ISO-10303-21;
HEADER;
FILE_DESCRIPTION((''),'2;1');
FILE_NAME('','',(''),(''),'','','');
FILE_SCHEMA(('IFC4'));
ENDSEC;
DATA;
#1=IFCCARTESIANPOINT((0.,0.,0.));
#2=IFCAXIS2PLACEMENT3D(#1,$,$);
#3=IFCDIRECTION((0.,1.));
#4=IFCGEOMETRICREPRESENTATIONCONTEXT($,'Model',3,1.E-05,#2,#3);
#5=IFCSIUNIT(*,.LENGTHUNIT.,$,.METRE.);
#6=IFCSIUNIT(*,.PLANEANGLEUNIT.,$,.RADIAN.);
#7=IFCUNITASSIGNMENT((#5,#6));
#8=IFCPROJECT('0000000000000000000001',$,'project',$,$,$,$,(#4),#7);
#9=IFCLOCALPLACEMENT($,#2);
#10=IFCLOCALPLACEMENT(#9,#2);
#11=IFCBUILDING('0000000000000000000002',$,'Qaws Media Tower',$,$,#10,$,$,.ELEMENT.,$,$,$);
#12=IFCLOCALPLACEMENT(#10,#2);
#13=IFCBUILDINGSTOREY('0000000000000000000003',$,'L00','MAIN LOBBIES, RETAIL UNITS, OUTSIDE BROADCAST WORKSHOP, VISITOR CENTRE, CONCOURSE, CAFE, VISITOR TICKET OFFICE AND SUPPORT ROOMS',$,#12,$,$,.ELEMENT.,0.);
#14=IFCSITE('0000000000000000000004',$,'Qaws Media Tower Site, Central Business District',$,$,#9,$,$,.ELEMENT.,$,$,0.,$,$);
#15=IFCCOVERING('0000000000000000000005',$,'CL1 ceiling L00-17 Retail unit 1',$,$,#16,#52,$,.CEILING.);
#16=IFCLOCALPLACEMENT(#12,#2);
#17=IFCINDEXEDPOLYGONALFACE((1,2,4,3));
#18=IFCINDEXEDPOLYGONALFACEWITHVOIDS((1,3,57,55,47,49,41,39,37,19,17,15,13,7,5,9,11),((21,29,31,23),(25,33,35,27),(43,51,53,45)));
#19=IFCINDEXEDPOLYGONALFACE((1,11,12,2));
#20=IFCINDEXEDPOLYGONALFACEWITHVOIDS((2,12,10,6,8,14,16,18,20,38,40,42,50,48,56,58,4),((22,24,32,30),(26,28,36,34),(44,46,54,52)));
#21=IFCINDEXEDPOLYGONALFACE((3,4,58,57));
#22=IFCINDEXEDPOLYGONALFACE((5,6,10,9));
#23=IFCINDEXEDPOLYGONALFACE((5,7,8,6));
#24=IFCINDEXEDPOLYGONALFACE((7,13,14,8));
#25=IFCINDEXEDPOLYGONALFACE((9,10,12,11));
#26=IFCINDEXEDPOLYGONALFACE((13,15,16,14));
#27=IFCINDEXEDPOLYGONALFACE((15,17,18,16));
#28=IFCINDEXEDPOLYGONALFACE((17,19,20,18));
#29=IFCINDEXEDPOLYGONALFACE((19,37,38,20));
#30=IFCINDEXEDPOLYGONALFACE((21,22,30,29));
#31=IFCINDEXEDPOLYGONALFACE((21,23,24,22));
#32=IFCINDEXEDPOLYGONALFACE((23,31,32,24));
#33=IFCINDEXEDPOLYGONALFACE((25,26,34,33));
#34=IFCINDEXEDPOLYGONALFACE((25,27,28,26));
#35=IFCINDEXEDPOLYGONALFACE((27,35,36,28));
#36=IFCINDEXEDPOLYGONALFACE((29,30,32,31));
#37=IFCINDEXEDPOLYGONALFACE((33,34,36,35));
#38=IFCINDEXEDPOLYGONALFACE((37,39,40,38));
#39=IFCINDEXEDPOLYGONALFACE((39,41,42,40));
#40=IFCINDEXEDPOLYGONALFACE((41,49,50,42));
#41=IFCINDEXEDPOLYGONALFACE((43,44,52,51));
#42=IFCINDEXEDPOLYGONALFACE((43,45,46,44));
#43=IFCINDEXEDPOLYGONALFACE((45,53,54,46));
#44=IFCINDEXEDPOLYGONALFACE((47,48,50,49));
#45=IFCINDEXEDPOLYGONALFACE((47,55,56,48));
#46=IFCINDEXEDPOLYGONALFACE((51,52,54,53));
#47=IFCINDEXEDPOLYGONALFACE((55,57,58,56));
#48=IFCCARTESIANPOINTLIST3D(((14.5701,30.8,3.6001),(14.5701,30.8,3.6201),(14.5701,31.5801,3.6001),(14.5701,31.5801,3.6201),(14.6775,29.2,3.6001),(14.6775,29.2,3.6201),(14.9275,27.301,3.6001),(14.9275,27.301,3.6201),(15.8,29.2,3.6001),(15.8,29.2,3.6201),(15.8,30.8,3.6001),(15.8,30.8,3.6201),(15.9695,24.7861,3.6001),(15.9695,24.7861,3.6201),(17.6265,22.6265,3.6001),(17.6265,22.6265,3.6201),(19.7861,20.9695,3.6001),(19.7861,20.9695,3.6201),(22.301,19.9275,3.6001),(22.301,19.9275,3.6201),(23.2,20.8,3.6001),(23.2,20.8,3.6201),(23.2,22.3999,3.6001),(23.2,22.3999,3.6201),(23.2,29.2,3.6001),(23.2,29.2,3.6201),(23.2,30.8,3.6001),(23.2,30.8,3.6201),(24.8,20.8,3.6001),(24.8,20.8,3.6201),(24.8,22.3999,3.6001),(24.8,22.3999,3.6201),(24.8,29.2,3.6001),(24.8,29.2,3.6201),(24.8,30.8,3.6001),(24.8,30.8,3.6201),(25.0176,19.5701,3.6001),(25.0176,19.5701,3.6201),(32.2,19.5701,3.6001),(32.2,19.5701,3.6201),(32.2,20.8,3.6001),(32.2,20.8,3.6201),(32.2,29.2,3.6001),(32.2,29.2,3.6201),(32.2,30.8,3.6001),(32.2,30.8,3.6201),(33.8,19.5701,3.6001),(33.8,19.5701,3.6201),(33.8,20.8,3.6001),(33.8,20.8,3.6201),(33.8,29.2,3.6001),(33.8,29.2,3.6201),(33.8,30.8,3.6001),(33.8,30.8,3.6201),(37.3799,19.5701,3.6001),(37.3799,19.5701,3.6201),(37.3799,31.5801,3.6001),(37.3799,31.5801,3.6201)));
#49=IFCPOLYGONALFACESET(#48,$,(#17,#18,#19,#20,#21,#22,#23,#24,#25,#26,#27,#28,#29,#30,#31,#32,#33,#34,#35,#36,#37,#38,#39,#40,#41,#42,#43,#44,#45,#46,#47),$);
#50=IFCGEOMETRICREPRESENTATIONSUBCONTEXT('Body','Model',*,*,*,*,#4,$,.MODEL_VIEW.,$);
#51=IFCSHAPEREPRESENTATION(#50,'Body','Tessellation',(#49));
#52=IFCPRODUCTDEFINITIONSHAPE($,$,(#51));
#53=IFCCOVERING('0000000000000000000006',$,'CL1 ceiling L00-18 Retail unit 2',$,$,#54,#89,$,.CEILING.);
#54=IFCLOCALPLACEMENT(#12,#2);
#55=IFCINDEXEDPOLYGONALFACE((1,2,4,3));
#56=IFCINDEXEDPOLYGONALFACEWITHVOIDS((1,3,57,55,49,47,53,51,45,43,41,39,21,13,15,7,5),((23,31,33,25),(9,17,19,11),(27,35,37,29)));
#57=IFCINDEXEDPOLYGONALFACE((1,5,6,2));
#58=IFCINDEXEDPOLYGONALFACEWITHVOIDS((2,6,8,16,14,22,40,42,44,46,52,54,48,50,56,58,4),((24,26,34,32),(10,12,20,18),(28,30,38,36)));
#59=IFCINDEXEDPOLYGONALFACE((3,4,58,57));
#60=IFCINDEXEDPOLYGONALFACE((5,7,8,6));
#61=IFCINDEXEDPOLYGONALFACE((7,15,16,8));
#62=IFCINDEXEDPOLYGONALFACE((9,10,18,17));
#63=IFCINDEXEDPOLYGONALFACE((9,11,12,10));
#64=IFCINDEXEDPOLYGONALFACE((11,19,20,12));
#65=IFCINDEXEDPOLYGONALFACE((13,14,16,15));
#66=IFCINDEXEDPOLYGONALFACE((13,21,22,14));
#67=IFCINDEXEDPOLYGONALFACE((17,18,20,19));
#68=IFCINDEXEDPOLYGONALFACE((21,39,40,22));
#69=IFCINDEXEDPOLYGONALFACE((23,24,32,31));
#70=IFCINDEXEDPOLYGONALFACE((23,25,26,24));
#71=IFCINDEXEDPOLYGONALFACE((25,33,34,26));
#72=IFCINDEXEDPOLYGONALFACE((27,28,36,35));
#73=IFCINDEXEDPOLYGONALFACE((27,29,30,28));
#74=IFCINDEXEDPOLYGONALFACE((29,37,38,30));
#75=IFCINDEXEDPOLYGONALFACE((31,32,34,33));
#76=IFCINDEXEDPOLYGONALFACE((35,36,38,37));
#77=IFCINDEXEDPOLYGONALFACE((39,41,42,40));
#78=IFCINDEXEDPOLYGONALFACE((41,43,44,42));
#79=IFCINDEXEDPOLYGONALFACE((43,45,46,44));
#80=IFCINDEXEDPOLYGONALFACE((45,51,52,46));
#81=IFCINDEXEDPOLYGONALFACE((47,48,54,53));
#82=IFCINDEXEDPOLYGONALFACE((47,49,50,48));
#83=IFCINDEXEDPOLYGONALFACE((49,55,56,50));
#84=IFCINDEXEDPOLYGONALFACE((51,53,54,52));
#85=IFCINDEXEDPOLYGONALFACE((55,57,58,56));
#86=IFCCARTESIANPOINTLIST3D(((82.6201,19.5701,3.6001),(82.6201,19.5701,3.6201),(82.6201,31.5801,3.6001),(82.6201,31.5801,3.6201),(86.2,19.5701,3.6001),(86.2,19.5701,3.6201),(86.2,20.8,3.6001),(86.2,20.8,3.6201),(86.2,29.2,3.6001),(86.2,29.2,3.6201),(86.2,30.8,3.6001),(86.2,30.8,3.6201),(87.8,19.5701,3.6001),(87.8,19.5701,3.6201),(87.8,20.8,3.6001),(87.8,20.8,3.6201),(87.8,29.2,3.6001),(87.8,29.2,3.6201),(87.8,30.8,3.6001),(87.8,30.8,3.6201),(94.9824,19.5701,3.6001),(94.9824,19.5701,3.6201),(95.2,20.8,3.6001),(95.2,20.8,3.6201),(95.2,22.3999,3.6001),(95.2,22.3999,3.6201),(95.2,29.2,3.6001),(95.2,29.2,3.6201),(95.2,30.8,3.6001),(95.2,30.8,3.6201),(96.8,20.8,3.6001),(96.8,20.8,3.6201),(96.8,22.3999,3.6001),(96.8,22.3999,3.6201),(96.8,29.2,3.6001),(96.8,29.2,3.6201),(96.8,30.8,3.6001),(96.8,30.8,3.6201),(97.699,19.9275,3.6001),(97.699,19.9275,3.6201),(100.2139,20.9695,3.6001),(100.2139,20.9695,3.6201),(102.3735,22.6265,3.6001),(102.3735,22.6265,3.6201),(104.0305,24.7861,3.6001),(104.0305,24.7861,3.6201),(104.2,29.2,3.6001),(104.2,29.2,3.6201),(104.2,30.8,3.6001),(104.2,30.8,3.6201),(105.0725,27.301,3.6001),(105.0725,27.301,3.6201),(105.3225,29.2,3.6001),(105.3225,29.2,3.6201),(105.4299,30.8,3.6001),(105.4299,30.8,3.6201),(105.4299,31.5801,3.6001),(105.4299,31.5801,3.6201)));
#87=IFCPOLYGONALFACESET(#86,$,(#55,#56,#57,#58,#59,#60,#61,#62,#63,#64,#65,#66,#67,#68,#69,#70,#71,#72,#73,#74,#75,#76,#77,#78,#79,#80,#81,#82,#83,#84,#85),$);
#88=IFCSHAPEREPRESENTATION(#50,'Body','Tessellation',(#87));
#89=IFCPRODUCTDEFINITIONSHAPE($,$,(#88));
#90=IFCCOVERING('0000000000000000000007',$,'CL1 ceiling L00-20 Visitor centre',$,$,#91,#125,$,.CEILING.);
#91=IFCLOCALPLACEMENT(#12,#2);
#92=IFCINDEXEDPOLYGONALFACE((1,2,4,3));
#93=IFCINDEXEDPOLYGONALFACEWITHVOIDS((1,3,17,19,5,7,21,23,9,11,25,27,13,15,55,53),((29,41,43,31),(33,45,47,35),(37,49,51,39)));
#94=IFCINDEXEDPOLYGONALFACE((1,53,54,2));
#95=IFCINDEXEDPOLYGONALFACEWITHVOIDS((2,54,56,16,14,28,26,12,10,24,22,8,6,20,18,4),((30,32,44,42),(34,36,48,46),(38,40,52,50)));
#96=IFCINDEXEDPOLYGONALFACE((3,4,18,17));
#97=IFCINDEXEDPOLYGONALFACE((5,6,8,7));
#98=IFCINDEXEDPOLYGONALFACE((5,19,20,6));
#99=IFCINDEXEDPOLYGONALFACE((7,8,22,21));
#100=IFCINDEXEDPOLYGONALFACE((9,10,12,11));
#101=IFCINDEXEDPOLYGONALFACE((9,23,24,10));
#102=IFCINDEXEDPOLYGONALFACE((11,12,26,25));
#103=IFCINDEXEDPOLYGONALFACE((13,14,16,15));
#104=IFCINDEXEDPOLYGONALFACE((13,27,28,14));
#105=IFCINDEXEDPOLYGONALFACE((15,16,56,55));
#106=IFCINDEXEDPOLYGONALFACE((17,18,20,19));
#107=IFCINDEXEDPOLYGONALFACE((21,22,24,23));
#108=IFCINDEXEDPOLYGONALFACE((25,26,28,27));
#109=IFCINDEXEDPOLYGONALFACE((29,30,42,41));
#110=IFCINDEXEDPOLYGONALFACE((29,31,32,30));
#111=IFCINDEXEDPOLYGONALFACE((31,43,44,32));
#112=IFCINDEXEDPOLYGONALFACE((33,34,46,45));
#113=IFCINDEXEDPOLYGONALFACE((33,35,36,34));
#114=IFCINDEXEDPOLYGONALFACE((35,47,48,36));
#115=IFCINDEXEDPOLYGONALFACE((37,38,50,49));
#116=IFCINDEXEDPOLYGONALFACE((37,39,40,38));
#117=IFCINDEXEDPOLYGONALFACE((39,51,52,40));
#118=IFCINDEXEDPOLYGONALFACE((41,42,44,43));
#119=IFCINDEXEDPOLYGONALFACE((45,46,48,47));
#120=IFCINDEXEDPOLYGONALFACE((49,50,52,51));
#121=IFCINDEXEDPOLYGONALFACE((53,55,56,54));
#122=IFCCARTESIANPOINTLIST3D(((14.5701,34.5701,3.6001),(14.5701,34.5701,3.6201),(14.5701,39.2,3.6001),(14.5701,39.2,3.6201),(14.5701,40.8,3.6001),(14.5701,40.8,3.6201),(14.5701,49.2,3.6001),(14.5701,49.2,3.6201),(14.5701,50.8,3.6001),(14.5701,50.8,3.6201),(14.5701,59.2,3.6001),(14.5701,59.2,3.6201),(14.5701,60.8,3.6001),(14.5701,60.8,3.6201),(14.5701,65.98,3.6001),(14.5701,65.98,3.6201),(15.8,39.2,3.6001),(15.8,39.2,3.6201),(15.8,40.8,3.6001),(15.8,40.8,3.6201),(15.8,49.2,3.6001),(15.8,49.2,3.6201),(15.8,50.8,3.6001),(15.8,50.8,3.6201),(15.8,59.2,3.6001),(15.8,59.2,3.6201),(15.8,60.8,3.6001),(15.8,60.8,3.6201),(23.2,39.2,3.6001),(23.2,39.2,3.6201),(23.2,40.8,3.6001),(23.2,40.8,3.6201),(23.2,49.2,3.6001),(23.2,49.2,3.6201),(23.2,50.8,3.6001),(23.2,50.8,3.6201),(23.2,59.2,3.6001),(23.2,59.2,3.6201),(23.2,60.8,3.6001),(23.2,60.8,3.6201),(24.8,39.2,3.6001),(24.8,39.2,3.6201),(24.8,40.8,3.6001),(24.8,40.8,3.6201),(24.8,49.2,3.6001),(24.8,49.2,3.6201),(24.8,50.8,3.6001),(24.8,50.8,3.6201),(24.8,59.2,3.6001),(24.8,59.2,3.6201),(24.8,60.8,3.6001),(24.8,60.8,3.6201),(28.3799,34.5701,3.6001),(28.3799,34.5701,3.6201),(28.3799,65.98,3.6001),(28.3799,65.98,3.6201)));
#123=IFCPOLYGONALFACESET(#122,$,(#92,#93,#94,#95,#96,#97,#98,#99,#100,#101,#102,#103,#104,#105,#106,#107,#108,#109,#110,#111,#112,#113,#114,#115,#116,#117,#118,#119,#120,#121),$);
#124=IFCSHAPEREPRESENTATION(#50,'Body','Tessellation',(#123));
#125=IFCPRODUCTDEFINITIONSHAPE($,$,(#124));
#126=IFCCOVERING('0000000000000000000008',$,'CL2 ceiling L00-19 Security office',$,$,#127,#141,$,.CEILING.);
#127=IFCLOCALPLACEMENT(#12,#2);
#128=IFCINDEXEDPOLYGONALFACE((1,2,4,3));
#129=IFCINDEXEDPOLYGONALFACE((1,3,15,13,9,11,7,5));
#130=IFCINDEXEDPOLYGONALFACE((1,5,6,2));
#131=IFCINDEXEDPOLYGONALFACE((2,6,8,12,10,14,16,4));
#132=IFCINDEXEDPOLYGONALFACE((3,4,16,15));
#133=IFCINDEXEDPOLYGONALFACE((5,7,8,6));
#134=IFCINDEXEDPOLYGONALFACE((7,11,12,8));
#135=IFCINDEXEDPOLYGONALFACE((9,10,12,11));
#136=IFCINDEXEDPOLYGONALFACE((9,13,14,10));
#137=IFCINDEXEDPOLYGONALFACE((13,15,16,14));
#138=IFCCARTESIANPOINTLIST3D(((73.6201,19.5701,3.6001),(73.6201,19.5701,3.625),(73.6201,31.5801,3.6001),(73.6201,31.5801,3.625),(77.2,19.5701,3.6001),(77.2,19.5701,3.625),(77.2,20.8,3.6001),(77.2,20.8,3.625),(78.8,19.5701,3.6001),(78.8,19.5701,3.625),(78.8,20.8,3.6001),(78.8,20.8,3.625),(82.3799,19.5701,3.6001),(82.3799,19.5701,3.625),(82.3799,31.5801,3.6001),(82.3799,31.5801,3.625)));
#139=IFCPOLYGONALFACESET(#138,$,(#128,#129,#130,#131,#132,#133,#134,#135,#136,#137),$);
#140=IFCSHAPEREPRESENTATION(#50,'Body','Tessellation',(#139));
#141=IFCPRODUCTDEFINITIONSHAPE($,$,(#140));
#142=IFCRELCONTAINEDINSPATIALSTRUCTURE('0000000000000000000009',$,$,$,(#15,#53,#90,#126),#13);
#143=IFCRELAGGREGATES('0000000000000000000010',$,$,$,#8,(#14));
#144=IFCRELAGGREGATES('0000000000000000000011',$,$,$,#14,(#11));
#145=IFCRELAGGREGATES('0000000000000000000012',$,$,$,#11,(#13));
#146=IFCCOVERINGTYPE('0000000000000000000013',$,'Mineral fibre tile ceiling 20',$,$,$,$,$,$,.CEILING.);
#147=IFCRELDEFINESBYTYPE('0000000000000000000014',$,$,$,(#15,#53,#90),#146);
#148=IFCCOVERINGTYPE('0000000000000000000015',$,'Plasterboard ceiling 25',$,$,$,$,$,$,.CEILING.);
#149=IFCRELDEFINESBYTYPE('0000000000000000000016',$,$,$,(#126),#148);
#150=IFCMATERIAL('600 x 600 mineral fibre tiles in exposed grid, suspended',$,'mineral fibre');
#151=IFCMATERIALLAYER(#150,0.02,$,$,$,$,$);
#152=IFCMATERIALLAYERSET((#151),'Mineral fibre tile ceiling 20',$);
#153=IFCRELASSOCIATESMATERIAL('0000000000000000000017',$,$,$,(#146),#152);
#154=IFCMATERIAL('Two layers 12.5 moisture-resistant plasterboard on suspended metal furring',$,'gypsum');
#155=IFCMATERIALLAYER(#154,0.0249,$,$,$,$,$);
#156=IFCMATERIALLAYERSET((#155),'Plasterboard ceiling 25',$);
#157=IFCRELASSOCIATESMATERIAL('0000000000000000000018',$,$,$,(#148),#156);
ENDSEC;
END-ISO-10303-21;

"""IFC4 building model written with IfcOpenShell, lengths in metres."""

from ifc_helpers import new_model, si_unit, direction, frame, origin, place, context, subcontext, project, spatial, polyline, outline, extrude, material, layer, layer_set, type_object, element, save


model = new_model("IFC4")

# Units and contexts
model_context = context("Model", 3, precision=1e-05, world=origin(), true_north=direction((0.0, 1.0)))
body_context = subcontext(model_context, "Body", "Model", "MODEL_VIEW")
ifc_project = project(units=[si_unit("LENGTHUNIT", "METRE"), si_unit("PLANEANGLEUNIT", "RADIAN")], contexts=[model_context])

# Site, building, storey
site_placement = place(None, origin())
site = spatial("IfcSite", under=ifc_project, at=site_placement, Name="Qaws Media Tower Site, Central Business District", CompositionType="ELEMENT", RefElevation=0.0)
building_placement = place(site_placement, origin())
building = spatial("IfcBuilding", under=site, at=building_placement, Name="Qaws Media Tower", CompositionType="ELEMENT")
storey_placement = place(building_placement, origin())
storey = spatial("IfcBuildingStorey", under=building, at=storey_placement, Name="L00", Description="MAIN LOBBIES, RETAIL UNITS, OUTSIDE BROADCAST WORKSHOP, VISITOR CENTRE, CONCOURSE, CAFE, VISITOR TICKET OFFICE AND SUPPORT ROOMS", CompositionType="ELEMENT", Elevation=0.0)

# Coverings
ifc_material_1 = material(Name="600 x 600 mineral fibre tiles in exposed grid, suspended", Category="mineral fibre")
ifc_layer_1 = layer(ifc_material_1, 0.02)
ifc_layer_set_1 = layer_set([ifc_layer_1], Name="Mineral fibre tile ceiling 20")
covering_type_1 = type_object("IfcCoveringType", Name="Mineral fibre tile ceiling 20", PredefinedType="CEILING", material=ifc_layer_set_1)
covering_1_placement = place(storey_placement, frame((0.0, 0.0, 3.6001)))
element("IfcCovering", 1, at=covering_1_placement, inside=storey, type_object=covering_type_1, Name="CL1 ceiling L00-17 Retail unit 1", PredefinedType="CEILING", context=body_context, shape_type="SweptSolid", body=[
    extrude(outline(polyline([(33.8, 19.5701), (33.8, 20.8), (32.2, 20.8), (32.2, 19.5701), (25.0176, 19.5701), (22.301, 19.9275), (19.7861, 20.9695), (17.6265, 22.6265), (15.9695, 24.7861), (14.9275, 27.301), (14.6775, 29.2), (15.8, 29.2), (15.8, 30.8), (14.5701, 30.8), (14.5701, 31.5801), (37.3799, 31.5801), (37.3799, 19.5701), (33.8, 19.5701)]), holes=[polyline([(23.2, 20.8), (24.8, 20.8), (24.8, 22.3999), (23.2, 22.3999), (23.2, 20.8)]), polyline([(23.2, 29.2), (24.8, 29.2), (24.8, 30.8), (23.2, 30.8), (23.2, 29.2)]), polyline([(32.2, 29.2), (33.8, 29.2), (33.8, 30.8), (32.2, 30.8), (32.2, 29.2)])]), origin(), (0.0, 0.0, 1.0), 0.02),
])
covering_2_placement = place(storey_placement, frame((0.0, 0.0, 3.6001)))
element("IfcCovering", 2, at=covering_2_placement, inside=storey, type_object=covering_type_1, Name="CL1 ceiling L00-18 Retail unit 2", PredefinedType="CEILING", context=body_context, shape_type="SweptSolid", body=[
    extrude(outline(polyline([(105.4299, 30.8), (104.2, 30.8), (104.2, 29.2), (105.3225, 29.2), (105.0725, 27.301), (104.0305, 24.7861), (102.3735, 22.6265), (100.2139, 20.9695), (97.699, 19.9275), (94.9824, 19.5701), (87.8, 19.5701), (87.8, 20.8), (86.2, 20.8), (86.2, 19.5701), (82.6201, 19.5701), (82.6201, 31.5801), (105.4299, 31.5801), (105.4299, 30.8)]), holes=[polyline([(95.2, 20.8), (96.8, 20.8), (96.8, 22.3999), (95.2, 22.3999), (95.2, 20.8)]), polyline([(95.2, 30.8), (95.2, 29.2), (96.8, 29.2), (96.8, 30.8), (95.2, 30.8)]), polyline([(86.2, 29.2), (87.8, 29.2), (87.8, 30.8), (86.2, 30.8), (86.2, 29.2)])]), origin(), (0.0, 0.0, 1.0), 0.02),
])
covering_3_placement = place(storey_placement, frame((0.0, 0.0, 3.6001)))
element("IfcCovering", 3, at=covering_3_placement, inside=storey, type_object=covering_type_1, Name="CL1 ceiling L00-20 Visitor centre", PredefinedType="CEILING", context=body_context, shape_type="SweptSolid", body=[
    extrude(outline(polyline([(14.5701, 34.5701), (14.5701, 39.2), (15.8, 39.2), (15.8, 40.8), (14.5701, 40.8), (14.5701, 49.2), (15.8, 49.2), (15.8, 50.8), (14.5701, 50.8), (14.5701, 59.2), (15.8, 59.2), (15.8, 60.8), (14.5701, 60.8), (14.5701, 65.98), (28.3799, 65.98), (28.3799, 34.5701), (14.5701, 34.5701)]), holes=[polyline([(23.2, 39.2), (24.8, 39.2), (24.8, 40.8), (23.2, 40.8), (23.2, 39.2)]), polyline([(23.2, 49.2), (24.8, 49.2), (24.8, 50.8), (23.2, 50.8), (23.2, 49.2)]), polyline([(23.2, 59.2), (24.8, 59.2), (24.8, 60.8), (23.2, 60.8), (23.2, 59.2)])]), origin(), (0.0, 0.0, 1.0), 0.02),
])
ifc_material_2 = material(Name="Two layers 12.5 moisture-resistant plasterboard on suspended metal furring", Category="gypsum")
ifc_layer_2 = layer(ifc_material_2, 0.0249)
ifc_layer_set_2 = layer_set([ifc_layer_2], Name="Plasterboard ceiling 25")
covering_type_2 = type_object("IfcCoveringType", Name="Plasterboard ceiling 25", PredefinedType="CEILING", material=ifc_layer_set_2)
covering_4_placement = place(storey_placement, frame((0.0, 0.0, 3.6001)))
element("IfcCovering", 4, at=covering_4_placement, inside=storey, type_object=covering_type_2, Name="CL2 ceiling L00-19 Security office", PredefinedType="CEILING", context=body_context, shape_type="SweptSolid", body=[
    extrude(outline(polyline([(82.3799, 19.5701), (78.8, 19.5701), (78.8, 20.8), (77.2, 20.8), (77.2, 19.5701), (73.6201, 19.5701), (73.6201, 31.5801), (82.3799, 31.5801), (82.3799, 19.5701)])), origin(), (0.0, 0.0, 1.0), 0.0249),
])

save(model, "model.ifc")
